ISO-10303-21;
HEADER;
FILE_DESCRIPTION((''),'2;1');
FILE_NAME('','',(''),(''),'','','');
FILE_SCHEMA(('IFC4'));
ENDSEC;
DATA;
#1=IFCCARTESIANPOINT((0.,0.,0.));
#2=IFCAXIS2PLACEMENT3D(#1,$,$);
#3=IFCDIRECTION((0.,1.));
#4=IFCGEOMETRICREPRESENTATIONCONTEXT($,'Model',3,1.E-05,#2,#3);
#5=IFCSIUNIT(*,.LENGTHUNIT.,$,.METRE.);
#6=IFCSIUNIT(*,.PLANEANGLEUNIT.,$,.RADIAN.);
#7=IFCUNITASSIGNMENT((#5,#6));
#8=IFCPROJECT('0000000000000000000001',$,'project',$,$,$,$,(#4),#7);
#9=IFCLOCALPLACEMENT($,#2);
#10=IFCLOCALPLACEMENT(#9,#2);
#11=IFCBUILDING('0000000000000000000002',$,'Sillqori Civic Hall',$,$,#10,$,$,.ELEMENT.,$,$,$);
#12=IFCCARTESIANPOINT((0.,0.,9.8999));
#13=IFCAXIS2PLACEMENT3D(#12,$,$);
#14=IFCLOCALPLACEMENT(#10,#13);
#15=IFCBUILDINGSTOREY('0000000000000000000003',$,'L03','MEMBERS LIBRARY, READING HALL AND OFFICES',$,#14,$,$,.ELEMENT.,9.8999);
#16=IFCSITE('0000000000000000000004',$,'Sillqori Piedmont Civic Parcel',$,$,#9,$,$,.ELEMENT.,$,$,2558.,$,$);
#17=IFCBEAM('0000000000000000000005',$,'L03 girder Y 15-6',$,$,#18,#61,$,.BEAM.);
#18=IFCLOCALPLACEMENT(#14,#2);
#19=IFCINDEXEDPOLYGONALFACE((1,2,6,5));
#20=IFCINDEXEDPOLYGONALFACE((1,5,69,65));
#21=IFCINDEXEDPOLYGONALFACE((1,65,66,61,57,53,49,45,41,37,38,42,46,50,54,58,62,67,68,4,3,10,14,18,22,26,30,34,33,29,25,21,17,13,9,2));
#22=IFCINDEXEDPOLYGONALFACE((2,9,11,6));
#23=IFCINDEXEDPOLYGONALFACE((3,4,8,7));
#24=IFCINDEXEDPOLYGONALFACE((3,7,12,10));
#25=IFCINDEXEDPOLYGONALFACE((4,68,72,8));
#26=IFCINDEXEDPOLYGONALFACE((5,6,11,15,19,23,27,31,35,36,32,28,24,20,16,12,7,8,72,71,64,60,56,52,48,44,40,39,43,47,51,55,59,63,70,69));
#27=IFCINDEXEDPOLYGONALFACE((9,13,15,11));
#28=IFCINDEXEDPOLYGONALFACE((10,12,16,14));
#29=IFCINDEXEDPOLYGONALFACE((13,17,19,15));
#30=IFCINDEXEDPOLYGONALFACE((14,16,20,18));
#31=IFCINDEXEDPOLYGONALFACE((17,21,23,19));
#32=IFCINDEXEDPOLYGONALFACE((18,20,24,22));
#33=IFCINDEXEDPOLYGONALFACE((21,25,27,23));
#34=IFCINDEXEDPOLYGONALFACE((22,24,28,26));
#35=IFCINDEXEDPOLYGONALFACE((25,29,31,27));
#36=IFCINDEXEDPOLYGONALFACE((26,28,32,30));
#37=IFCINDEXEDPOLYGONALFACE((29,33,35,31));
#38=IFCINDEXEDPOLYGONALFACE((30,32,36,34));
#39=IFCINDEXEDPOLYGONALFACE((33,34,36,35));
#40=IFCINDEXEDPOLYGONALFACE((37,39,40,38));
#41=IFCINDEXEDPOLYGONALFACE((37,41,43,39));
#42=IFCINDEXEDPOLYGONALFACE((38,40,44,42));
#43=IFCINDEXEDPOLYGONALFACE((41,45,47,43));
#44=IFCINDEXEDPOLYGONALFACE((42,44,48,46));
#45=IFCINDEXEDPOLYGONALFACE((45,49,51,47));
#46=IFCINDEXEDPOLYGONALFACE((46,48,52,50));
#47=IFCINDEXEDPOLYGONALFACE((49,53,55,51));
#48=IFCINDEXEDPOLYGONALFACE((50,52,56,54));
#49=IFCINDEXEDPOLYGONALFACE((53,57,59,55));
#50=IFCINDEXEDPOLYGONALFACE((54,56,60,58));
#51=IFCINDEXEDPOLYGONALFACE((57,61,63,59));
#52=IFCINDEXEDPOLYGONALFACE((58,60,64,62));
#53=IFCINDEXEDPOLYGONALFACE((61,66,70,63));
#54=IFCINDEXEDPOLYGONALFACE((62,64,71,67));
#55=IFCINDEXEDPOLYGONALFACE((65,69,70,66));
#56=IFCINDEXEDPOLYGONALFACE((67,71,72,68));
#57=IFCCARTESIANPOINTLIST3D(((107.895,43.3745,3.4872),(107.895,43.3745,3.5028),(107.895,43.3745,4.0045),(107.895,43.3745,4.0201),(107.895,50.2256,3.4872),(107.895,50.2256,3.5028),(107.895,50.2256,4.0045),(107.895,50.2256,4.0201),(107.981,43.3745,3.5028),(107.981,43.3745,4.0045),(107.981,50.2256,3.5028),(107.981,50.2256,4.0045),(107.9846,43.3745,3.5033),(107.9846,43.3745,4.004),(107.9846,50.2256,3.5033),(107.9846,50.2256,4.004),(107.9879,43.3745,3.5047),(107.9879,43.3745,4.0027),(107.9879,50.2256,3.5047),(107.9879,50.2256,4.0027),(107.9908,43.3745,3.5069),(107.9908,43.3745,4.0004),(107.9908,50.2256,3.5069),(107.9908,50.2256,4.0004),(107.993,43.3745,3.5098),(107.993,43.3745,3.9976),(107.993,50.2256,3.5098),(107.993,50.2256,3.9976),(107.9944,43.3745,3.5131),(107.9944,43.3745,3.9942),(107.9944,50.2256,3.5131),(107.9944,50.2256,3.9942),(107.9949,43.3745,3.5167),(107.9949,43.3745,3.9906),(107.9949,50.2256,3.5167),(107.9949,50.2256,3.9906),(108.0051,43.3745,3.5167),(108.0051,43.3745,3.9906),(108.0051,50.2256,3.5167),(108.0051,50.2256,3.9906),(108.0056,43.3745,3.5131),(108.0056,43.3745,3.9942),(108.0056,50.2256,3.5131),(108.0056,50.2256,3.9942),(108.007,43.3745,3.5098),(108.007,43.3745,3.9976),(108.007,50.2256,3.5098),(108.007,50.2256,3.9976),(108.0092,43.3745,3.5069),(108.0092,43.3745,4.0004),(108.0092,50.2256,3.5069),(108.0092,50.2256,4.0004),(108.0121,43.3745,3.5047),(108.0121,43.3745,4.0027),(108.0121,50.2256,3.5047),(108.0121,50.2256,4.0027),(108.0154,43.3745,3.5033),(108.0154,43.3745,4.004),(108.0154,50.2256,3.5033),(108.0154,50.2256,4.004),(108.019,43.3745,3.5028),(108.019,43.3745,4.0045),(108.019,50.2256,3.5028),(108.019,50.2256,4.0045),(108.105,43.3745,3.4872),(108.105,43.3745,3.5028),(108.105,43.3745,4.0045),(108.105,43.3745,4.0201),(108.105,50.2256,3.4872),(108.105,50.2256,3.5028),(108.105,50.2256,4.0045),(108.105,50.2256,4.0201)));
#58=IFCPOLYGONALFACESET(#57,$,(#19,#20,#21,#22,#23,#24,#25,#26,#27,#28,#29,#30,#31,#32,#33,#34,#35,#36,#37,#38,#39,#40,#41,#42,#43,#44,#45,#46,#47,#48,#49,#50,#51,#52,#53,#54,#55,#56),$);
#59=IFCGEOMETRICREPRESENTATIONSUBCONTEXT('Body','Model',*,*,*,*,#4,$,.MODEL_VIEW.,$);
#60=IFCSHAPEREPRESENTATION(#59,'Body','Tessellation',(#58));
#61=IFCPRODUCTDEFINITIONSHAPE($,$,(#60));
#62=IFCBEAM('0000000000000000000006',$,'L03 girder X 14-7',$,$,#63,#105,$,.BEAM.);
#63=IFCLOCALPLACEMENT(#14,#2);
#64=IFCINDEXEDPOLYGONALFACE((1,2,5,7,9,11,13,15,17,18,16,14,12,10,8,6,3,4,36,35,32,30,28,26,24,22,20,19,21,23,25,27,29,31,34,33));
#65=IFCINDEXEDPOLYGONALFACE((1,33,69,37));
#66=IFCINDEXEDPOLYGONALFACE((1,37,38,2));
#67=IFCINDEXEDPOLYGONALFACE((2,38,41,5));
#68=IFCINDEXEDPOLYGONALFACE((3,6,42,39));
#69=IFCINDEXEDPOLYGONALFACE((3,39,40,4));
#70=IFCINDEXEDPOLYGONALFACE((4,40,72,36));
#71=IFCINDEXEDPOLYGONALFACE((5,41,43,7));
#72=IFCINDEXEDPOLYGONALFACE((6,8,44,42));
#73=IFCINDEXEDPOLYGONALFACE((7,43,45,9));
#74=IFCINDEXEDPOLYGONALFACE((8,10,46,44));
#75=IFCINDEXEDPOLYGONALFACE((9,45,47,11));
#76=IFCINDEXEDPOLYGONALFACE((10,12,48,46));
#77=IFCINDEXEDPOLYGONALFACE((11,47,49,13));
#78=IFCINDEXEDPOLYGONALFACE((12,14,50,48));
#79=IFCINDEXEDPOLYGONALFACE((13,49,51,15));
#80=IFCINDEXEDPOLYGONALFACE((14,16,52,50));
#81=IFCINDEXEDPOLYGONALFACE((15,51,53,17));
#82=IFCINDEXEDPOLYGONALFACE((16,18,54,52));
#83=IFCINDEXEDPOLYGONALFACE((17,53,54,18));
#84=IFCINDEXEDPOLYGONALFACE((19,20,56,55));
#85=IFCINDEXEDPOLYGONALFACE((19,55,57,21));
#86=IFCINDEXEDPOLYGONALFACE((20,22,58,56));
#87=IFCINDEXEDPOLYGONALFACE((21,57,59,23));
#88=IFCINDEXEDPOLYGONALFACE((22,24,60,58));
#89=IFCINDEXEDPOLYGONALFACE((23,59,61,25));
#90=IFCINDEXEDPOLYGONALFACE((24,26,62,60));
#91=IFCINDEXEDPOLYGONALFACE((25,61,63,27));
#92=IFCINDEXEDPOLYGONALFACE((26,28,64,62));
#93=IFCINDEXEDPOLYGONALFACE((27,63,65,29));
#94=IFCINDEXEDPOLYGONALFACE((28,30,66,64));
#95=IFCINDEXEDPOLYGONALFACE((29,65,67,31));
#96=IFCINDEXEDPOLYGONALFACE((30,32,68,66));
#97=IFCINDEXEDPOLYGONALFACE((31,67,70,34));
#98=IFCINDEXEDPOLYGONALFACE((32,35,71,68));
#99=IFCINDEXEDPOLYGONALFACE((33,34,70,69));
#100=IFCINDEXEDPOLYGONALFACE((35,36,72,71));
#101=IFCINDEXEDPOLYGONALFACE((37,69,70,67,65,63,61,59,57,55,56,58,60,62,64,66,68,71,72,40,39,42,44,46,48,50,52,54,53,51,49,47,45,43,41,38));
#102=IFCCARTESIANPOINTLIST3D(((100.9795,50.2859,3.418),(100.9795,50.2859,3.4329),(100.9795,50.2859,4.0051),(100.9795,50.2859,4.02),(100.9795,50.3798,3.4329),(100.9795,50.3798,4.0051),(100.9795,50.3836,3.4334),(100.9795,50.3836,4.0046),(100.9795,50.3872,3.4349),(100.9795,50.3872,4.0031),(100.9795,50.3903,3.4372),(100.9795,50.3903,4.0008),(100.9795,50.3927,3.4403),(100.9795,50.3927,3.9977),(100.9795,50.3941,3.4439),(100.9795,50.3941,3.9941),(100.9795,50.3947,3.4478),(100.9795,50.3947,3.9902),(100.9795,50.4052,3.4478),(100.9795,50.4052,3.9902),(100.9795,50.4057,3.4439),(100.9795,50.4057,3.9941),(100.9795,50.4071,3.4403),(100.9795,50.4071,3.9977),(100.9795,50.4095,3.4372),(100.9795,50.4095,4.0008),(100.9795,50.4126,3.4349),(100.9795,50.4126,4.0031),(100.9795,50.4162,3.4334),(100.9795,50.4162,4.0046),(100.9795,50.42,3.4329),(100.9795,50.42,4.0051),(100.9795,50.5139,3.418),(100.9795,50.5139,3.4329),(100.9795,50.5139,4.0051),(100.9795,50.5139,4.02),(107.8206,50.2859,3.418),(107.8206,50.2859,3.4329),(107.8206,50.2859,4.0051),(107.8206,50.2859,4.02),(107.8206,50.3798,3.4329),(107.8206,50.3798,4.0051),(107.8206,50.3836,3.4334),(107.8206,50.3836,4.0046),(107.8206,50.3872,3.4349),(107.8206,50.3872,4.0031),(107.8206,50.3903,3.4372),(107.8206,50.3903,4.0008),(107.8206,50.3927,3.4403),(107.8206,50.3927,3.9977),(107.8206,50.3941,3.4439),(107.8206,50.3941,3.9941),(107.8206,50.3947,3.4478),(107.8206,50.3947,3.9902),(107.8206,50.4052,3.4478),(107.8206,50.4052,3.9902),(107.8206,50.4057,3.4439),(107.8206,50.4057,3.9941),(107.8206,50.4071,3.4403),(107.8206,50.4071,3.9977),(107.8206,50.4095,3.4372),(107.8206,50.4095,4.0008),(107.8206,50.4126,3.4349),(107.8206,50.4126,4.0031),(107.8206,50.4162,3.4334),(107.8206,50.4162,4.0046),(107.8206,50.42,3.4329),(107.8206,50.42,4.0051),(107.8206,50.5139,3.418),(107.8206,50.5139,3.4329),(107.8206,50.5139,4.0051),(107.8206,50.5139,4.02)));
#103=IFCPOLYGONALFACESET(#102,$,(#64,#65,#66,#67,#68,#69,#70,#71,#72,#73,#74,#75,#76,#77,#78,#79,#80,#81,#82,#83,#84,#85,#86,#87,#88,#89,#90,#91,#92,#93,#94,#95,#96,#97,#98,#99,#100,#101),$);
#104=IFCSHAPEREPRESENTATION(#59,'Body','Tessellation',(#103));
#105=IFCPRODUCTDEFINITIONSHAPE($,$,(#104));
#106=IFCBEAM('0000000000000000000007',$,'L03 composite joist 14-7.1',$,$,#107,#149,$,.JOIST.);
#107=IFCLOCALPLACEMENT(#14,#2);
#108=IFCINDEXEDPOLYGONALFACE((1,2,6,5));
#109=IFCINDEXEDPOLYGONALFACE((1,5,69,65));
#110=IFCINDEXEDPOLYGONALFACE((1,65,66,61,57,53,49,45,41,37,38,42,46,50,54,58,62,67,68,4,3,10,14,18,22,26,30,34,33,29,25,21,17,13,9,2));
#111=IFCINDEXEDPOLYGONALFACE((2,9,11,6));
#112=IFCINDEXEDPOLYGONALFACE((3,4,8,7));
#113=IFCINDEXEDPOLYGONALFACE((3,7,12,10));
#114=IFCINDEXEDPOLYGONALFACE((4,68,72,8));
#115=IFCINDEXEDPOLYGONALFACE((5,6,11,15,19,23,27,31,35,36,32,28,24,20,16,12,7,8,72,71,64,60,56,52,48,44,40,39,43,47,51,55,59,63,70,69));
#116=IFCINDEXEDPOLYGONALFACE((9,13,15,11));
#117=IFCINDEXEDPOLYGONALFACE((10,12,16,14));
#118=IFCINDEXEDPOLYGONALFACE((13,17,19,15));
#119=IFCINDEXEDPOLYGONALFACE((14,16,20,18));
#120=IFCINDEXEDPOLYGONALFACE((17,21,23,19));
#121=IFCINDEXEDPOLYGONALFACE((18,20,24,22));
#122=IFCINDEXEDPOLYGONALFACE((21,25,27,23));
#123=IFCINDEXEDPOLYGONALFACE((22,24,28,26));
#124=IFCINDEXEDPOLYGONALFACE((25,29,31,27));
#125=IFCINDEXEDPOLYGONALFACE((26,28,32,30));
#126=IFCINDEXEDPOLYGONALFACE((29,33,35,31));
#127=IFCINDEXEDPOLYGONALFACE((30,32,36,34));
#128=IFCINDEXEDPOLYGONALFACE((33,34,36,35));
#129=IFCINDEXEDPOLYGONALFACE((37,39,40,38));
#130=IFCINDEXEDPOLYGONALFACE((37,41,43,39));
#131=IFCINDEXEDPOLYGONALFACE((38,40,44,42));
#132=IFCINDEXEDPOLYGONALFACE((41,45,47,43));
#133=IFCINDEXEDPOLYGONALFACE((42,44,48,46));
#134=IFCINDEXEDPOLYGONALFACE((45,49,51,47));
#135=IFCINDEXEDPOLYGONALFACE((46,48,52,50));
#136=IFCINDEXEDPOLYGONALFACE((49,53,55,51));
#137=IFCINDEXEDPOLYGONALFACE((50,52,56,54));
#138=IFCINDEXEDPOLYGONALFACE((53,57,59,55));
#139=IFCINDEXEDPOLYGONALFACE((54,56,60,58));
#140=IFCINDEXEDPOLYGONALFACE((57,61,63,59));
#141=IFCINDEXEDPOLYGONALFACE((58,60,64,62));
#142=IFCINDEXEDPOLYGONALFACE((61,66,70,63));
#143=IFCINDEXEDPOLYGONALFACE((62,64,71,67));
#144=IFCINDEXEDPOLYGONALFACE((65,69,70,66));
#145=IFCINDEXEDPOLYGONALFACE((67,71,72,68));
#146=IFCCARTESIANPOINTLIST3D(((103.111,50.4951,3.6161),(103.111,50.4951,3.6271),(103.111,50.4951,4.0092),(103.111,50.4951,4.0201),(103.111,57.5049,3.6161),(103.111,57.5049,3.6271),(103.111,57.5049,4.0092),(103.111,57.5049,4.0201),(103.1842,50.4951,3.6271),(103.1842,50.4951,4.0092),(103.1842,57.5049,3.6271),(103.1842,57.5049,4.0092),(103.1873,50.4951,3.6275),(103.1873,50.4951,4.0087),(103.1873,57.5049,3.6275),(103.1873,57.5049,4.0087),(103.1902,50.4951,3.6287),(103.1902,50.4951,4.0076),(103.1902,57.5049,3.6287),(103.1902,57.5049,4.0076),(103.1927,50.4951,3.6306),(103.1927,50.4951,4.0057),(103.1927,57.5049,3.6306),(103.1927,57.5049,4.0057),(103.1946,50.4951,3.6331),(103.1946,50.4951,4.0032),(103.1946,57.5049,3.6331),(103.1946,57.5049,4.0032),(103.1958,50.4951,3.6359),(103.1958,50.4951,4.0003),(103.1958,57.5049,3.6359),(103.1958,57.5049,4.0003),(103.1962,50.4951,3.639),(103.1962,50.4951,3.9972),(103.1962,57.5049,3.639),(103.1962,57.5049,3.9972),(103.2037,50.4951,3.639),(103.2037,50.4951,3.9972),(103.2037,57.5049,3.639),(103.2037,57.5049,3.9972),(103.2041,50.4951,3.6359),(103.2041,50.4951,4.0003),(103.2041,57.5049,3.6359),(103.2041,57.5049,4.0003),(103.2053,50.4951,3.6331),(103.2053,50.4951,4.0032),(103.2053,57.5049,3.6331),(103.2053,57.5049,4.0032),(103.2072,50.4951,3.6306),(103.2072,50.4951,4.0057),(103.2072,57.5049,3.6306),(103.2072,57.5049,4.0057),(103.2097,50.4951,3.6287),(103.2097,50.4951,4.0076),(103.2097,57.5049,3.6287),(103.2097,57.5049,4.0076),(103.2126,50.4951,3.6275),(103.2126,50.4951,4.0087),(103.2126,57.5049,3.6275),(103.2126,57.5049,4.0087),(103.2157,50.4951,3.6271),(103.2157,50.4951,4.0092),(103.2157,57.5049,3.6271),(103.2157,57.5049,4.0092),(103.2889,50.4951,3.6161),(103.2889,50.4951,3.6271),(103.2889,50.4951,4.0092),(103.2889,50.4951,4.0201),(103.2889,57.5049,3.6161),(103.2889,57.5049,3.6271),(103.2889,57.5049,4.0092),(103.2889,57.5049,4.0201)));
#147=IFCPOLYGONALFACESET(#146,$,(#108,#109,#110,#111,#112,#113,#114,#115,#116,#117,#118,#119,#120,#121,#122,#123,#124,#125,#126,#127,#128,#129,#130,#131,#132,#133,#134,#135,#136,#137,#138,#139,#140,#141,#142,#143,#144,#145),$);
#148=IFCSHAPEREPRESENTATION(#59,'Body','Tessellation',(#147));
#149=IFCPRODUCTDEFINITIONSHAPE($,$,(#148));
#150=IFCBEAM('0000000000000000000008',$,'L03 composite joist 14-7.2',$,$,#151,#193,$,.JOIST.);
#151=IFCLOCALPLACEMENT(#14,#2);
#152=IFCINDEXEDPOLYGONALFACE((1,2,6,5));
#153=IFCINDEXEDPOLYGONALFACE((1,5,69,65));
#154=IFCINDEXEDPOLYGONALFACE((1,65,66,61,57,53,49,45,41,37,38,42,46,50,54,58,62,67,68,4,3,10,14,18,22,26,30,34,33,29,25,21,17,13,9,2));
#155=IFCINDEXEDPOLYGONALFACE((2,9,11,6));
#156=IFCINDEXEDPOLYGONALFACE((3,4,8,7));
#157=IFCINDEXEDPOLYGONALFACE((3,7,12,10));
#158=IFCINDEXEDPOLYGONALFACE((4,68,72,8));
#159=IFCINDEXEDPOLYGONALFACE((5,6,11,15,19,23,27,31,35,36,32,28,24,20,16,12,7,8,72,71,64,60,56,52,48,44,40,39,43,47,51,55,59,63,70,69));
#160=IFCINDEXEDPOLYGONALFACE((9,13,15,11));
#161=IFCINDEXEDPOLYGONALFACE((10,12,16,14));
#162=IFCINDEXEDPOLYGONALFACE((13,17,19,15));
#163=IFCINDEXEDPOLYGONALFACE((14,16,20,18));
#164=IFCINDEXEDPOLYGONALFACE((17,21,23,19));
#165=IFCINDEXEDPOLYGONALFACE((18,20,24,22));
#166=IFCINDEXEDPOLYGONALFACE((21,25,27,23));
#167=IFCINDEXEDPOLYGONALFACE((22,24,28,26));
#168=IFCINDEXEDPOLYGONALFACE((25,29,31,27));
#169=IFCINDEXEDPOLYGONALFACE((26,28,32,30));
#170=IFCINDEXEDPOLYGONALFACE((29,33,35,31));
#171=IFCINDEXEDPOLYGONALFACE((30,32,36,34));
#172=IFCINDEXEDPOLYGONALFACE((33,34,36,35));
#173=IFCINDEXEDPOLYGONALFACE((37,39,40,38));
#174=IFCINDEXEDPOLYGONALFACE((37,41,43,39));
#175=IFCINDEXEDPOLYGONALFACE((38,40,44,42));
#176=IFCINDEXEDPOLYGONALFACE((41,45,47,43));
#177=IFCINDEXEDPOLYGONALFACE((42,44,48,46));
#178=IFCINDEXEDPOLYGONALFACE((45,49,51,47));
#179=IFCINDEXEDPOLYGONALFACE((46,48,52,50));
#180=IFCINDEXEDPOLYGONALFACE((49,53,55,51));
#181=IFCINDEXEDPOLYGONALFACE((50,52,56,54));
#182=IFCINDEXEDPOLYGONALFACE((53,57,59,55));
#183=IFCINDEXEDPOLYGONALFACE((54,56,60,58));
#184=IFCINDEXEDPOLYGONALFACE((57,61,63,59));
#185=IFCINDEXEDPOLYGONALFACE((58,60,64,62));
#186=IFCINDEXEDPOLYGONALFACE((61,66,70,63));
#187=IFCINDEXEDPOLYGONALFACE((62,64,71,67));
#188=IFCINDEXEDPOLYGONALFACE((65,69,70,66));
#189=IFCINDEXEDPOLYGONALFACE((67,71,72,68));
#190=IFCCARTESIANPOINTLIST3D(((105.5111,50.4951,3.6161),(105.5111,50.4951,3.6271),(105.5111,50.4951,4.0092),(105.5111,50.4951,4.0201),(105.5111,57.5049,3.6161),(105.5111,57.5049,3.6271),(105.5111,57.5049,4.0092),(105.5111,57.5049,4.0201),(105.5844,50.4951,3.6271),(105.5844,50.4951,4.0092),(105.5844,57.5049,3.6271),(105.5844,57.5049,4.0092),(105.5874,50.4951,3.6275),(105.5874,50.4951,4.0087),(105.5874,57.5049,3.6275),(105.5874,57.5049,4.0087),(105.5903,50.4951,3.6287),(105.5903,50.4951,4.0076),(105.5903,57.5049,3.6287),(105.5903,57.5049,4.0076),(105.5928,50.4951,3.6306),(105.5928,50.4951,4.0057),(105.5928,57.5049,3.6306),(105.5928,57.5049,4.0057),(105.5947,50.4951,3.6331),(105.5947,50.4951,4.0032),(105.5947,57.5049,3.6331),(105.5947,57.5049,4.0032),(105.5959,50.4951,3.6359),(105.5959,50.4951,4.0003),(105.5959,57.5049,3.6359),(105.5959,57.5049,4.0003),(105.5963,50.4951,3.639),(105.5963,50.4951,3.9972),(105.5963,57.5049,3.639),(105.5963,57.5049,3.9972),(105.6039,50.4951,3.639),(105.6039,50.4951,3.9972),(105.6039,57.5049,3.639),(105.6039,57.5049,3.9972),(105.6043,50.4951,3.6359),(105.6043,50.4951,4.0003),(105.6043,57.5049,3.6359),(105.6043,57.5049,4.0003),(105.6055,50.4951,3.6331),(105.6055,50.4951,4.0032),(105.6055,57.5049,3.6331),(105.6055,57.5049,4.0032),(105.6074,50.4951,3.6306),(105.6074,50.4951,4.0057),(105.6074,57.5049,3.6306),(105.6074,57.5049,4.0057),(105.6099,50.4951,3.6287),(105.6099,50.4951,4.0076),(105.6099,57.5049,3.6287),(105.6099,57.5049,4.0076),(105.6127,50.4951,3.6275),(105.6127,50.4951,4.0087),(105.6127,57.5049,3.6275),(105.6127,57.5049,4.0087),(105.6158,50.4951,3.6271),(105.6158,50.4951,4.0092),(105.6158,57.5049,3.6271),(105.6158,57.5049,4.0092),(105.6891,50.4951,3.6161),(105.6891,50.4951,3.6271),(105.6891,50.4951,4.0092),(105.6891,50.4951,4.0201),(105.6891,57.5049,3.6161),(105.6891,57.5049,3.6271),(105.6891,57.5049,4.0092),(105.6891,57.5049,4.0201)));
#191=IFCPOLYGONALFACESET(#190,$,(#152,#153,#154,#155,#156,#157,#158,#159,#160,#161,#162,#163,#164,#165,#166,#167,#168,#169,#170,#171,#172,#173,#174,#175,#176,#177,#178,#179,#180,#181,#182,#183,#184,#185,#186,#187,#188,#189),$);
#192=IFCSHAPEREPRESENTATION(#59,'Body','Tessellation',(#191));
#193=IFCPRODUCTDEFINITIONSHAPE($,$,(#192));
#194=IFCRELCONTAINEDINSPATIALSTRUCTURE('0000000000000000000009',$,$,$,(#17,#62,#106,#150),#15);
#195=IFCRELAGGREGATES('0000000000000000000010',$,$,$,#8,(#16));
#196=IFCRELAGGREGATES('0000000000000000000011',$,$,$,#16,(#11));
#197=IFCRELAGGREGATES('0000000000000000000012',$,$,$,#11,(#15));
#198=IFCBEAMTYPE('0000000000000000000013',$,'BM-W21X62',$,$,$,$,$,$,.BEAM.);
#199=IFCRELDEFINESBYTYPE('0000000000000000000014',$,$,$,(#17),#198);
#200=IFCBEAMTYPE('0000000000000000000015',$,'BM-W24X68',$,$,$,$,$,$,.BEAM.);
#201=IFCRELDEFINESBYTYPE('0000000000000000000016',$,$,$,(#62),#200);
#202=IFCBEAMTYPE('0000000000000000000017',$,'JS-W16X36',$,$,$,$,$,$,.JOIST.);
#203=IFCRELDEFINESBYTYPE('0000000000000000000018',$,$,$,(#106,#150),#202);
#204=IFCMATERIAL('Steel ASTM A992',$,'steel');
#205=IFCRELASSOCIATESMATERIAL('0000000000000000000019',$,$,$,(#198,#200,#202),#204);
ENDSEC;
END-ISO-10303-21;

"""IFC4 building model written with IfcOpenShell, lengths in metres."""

from ifc_helpers import new_model, si_unit, direction, frame, origin, origin_2d, place, context, subcontext, project, spatial, i_section, extrude, material, material_profile, profile_set, type_object, element, save


model = new_model("IFC4")

# Units and contexts
model_context = context("Model", 3, precision=1e-05, world=origin(), true_north=direction((0.0, 1.0)))
body_context = subcontext(model_context, "Body", "Model", "MODEL_VIEW")
ifc_project = project(units=[si_unit("LENGTHUNIT", "METRE"), si_unit("PLANEANGLEUNIT", "RADIAN")], contexts=[model_context])

# Site, building, storey
site_placement = place(None, origin())
site = spatial("IfcSite", under=ifc_project, at=site_placement, Name="Sillqori Piedmont Civic Parcel", CompositionType="ELEMENT", RefElevation=2558.0)
building_placement = place(site_placement, origin())
building = spatial("IfcBuilding", under=site, at=building_placement, Name="Sillqori Civic Hall", CompositionType="ELEMENT")
storey_placement = place(building_placement, frame((0.0, 0.0, 9.8999)))
storey = spatial("IfcBuildingStorey", under=building, at=storey_placement, Name="L03", Description="MEMBERS LIBRARY, READING HALL AND OFFICES", CompositionType="ELEMENT", Elevation=9.8999)

# Shared definitions
ifc_material_1 = material(Name="Steel ASTM A992", Category="steel")

# Beams
ifc_material_profile_1 = material_profile(ifc_material_1, i_section(OverallWidth=0.21, OverallDepth=0.533, WebThickness=0.0103, FlangeThickness=0.0156, FilletRadius=0.0139, at=origin_2d()), Name="W21X62")
ifc_profile_set_1 = profile_set([ifc_material_profile_1], Name="Steel ASTM A992")
beam_type_1 = type_object("IfcBeamType", Name="BM-W21X62", PredefinedType="BEAM", material=ifc_profile_set_1)
beam_1_placement = place(storey_placement, frame((108.0, 43.3745, 3.7537), z_axis=(0.0, 1.0, 0.0), x_axis=(-1.0, 0.0, 0.0)))
element("IfcBeam", 1, at=beam_1_placement, inside=storey, type_object=beam_type_1, Name="L03 girder Y 15-6", PredefinedType="BEAM", context=body_context, shape_type="SweptSolid", body=[
    extrude(i_section(OverallWidth=0.21, OverallDepth=0.533, WebThickness=0.0103, FlangeThickness=0.0156, FilletRadius=0.0139, at=origin_2d()), origin(), (0.0, 0.0, 1.0), 6.8511),
])
ifc_material_profile_2 = material_profile(ifc_material_1, i_section(OverallWidth=0.228, OverallDepth=0.6021, WebThickness=0.0105, FlangeThickness=0.0149, FilletRadius=0.0149, at=origin_2d()), Name="W24X68")
ifc_profile_set_2 = profile_set([ifc_material_profile_2], Name="Steel ASTM A992")
beam_type_2 = type_object("IfcBeamType", Name="BM-W24X68", PredefinedType="BEAM", material=ifc_profile_set_2)
beam_2_placement = place(storey_placement, frame((100.9795, 50.3999, 3.719), z_axis=(1.0, 0.0, 0.0), x_axis=(0.0, 1.0, 0.0)))
element("IfcBeam", 2, at=beam_2_placement, inside=storey, type_object=beam_type_2, Name="L03 girder X 14-7", PredefinedType="BEAM", context=body_context, shape_type="SweptSolid", body=[
    extrude(i_section(OverallWidth=0.228, OverallDepth=0.6021, WebThickness=0.0105, FlangeThickness=0.0149, FilletRadius=0.0149, at=origin_2d()), origin(), (0.0, 0.0, 1.0), 6.8411),
])
ifc_material_profile_3 = material_profile(ifc_material_1, i_section(OverallWidth=0.178, OverallDepth=0.4041, WebThickness=0.0076, FlangeThickness=0.011, FilletRadius=0.012, at=origin_2d()), Name="W16X36")
ifc_profile_set_3 = profile_set([ifc_material_profile_3], Name="Steel ASTM A992")
beam_type_3 = type_object("IfcBeamType", Name="JS-W16X36", PredefinedType="JOIST", material=ifc_profile_set_3)
for number, where, z_axis, x_axis, name in (
    (3, (103.2, 50.4951, 3.8181), (0.0, 1.0, 0.0), (-1.0, 0.0, 0.0), "L03 composite joist 14-7.1"),
    (4, (105.6001, 50.4951, 3.8181), (0.0, 1.0, 0.0), (-1.0, 0.0, 0.0), "L03 composite joist 14-7.2"),
):
    element("IfcBeam", number, at=place(storey_placement, frame(where, z_axis=z_axis, x_axis=x_axis)), inside=storey, type_object=beam_type_3, Name=name, PredefinedType="JOIST", context=body_context, shape_type="SweptSolid", body=[
        extrude(i_section(OverallWidth=0.178, OverallDepth=0.4041, WebThickness=0.0076, FlangeThickness=0.011, FilletRadius=0.012, at=origin_2d()), origin(), (0.0, 0.0, 1.0), 7.0098),
    ])

save(model, "model.ifc")
